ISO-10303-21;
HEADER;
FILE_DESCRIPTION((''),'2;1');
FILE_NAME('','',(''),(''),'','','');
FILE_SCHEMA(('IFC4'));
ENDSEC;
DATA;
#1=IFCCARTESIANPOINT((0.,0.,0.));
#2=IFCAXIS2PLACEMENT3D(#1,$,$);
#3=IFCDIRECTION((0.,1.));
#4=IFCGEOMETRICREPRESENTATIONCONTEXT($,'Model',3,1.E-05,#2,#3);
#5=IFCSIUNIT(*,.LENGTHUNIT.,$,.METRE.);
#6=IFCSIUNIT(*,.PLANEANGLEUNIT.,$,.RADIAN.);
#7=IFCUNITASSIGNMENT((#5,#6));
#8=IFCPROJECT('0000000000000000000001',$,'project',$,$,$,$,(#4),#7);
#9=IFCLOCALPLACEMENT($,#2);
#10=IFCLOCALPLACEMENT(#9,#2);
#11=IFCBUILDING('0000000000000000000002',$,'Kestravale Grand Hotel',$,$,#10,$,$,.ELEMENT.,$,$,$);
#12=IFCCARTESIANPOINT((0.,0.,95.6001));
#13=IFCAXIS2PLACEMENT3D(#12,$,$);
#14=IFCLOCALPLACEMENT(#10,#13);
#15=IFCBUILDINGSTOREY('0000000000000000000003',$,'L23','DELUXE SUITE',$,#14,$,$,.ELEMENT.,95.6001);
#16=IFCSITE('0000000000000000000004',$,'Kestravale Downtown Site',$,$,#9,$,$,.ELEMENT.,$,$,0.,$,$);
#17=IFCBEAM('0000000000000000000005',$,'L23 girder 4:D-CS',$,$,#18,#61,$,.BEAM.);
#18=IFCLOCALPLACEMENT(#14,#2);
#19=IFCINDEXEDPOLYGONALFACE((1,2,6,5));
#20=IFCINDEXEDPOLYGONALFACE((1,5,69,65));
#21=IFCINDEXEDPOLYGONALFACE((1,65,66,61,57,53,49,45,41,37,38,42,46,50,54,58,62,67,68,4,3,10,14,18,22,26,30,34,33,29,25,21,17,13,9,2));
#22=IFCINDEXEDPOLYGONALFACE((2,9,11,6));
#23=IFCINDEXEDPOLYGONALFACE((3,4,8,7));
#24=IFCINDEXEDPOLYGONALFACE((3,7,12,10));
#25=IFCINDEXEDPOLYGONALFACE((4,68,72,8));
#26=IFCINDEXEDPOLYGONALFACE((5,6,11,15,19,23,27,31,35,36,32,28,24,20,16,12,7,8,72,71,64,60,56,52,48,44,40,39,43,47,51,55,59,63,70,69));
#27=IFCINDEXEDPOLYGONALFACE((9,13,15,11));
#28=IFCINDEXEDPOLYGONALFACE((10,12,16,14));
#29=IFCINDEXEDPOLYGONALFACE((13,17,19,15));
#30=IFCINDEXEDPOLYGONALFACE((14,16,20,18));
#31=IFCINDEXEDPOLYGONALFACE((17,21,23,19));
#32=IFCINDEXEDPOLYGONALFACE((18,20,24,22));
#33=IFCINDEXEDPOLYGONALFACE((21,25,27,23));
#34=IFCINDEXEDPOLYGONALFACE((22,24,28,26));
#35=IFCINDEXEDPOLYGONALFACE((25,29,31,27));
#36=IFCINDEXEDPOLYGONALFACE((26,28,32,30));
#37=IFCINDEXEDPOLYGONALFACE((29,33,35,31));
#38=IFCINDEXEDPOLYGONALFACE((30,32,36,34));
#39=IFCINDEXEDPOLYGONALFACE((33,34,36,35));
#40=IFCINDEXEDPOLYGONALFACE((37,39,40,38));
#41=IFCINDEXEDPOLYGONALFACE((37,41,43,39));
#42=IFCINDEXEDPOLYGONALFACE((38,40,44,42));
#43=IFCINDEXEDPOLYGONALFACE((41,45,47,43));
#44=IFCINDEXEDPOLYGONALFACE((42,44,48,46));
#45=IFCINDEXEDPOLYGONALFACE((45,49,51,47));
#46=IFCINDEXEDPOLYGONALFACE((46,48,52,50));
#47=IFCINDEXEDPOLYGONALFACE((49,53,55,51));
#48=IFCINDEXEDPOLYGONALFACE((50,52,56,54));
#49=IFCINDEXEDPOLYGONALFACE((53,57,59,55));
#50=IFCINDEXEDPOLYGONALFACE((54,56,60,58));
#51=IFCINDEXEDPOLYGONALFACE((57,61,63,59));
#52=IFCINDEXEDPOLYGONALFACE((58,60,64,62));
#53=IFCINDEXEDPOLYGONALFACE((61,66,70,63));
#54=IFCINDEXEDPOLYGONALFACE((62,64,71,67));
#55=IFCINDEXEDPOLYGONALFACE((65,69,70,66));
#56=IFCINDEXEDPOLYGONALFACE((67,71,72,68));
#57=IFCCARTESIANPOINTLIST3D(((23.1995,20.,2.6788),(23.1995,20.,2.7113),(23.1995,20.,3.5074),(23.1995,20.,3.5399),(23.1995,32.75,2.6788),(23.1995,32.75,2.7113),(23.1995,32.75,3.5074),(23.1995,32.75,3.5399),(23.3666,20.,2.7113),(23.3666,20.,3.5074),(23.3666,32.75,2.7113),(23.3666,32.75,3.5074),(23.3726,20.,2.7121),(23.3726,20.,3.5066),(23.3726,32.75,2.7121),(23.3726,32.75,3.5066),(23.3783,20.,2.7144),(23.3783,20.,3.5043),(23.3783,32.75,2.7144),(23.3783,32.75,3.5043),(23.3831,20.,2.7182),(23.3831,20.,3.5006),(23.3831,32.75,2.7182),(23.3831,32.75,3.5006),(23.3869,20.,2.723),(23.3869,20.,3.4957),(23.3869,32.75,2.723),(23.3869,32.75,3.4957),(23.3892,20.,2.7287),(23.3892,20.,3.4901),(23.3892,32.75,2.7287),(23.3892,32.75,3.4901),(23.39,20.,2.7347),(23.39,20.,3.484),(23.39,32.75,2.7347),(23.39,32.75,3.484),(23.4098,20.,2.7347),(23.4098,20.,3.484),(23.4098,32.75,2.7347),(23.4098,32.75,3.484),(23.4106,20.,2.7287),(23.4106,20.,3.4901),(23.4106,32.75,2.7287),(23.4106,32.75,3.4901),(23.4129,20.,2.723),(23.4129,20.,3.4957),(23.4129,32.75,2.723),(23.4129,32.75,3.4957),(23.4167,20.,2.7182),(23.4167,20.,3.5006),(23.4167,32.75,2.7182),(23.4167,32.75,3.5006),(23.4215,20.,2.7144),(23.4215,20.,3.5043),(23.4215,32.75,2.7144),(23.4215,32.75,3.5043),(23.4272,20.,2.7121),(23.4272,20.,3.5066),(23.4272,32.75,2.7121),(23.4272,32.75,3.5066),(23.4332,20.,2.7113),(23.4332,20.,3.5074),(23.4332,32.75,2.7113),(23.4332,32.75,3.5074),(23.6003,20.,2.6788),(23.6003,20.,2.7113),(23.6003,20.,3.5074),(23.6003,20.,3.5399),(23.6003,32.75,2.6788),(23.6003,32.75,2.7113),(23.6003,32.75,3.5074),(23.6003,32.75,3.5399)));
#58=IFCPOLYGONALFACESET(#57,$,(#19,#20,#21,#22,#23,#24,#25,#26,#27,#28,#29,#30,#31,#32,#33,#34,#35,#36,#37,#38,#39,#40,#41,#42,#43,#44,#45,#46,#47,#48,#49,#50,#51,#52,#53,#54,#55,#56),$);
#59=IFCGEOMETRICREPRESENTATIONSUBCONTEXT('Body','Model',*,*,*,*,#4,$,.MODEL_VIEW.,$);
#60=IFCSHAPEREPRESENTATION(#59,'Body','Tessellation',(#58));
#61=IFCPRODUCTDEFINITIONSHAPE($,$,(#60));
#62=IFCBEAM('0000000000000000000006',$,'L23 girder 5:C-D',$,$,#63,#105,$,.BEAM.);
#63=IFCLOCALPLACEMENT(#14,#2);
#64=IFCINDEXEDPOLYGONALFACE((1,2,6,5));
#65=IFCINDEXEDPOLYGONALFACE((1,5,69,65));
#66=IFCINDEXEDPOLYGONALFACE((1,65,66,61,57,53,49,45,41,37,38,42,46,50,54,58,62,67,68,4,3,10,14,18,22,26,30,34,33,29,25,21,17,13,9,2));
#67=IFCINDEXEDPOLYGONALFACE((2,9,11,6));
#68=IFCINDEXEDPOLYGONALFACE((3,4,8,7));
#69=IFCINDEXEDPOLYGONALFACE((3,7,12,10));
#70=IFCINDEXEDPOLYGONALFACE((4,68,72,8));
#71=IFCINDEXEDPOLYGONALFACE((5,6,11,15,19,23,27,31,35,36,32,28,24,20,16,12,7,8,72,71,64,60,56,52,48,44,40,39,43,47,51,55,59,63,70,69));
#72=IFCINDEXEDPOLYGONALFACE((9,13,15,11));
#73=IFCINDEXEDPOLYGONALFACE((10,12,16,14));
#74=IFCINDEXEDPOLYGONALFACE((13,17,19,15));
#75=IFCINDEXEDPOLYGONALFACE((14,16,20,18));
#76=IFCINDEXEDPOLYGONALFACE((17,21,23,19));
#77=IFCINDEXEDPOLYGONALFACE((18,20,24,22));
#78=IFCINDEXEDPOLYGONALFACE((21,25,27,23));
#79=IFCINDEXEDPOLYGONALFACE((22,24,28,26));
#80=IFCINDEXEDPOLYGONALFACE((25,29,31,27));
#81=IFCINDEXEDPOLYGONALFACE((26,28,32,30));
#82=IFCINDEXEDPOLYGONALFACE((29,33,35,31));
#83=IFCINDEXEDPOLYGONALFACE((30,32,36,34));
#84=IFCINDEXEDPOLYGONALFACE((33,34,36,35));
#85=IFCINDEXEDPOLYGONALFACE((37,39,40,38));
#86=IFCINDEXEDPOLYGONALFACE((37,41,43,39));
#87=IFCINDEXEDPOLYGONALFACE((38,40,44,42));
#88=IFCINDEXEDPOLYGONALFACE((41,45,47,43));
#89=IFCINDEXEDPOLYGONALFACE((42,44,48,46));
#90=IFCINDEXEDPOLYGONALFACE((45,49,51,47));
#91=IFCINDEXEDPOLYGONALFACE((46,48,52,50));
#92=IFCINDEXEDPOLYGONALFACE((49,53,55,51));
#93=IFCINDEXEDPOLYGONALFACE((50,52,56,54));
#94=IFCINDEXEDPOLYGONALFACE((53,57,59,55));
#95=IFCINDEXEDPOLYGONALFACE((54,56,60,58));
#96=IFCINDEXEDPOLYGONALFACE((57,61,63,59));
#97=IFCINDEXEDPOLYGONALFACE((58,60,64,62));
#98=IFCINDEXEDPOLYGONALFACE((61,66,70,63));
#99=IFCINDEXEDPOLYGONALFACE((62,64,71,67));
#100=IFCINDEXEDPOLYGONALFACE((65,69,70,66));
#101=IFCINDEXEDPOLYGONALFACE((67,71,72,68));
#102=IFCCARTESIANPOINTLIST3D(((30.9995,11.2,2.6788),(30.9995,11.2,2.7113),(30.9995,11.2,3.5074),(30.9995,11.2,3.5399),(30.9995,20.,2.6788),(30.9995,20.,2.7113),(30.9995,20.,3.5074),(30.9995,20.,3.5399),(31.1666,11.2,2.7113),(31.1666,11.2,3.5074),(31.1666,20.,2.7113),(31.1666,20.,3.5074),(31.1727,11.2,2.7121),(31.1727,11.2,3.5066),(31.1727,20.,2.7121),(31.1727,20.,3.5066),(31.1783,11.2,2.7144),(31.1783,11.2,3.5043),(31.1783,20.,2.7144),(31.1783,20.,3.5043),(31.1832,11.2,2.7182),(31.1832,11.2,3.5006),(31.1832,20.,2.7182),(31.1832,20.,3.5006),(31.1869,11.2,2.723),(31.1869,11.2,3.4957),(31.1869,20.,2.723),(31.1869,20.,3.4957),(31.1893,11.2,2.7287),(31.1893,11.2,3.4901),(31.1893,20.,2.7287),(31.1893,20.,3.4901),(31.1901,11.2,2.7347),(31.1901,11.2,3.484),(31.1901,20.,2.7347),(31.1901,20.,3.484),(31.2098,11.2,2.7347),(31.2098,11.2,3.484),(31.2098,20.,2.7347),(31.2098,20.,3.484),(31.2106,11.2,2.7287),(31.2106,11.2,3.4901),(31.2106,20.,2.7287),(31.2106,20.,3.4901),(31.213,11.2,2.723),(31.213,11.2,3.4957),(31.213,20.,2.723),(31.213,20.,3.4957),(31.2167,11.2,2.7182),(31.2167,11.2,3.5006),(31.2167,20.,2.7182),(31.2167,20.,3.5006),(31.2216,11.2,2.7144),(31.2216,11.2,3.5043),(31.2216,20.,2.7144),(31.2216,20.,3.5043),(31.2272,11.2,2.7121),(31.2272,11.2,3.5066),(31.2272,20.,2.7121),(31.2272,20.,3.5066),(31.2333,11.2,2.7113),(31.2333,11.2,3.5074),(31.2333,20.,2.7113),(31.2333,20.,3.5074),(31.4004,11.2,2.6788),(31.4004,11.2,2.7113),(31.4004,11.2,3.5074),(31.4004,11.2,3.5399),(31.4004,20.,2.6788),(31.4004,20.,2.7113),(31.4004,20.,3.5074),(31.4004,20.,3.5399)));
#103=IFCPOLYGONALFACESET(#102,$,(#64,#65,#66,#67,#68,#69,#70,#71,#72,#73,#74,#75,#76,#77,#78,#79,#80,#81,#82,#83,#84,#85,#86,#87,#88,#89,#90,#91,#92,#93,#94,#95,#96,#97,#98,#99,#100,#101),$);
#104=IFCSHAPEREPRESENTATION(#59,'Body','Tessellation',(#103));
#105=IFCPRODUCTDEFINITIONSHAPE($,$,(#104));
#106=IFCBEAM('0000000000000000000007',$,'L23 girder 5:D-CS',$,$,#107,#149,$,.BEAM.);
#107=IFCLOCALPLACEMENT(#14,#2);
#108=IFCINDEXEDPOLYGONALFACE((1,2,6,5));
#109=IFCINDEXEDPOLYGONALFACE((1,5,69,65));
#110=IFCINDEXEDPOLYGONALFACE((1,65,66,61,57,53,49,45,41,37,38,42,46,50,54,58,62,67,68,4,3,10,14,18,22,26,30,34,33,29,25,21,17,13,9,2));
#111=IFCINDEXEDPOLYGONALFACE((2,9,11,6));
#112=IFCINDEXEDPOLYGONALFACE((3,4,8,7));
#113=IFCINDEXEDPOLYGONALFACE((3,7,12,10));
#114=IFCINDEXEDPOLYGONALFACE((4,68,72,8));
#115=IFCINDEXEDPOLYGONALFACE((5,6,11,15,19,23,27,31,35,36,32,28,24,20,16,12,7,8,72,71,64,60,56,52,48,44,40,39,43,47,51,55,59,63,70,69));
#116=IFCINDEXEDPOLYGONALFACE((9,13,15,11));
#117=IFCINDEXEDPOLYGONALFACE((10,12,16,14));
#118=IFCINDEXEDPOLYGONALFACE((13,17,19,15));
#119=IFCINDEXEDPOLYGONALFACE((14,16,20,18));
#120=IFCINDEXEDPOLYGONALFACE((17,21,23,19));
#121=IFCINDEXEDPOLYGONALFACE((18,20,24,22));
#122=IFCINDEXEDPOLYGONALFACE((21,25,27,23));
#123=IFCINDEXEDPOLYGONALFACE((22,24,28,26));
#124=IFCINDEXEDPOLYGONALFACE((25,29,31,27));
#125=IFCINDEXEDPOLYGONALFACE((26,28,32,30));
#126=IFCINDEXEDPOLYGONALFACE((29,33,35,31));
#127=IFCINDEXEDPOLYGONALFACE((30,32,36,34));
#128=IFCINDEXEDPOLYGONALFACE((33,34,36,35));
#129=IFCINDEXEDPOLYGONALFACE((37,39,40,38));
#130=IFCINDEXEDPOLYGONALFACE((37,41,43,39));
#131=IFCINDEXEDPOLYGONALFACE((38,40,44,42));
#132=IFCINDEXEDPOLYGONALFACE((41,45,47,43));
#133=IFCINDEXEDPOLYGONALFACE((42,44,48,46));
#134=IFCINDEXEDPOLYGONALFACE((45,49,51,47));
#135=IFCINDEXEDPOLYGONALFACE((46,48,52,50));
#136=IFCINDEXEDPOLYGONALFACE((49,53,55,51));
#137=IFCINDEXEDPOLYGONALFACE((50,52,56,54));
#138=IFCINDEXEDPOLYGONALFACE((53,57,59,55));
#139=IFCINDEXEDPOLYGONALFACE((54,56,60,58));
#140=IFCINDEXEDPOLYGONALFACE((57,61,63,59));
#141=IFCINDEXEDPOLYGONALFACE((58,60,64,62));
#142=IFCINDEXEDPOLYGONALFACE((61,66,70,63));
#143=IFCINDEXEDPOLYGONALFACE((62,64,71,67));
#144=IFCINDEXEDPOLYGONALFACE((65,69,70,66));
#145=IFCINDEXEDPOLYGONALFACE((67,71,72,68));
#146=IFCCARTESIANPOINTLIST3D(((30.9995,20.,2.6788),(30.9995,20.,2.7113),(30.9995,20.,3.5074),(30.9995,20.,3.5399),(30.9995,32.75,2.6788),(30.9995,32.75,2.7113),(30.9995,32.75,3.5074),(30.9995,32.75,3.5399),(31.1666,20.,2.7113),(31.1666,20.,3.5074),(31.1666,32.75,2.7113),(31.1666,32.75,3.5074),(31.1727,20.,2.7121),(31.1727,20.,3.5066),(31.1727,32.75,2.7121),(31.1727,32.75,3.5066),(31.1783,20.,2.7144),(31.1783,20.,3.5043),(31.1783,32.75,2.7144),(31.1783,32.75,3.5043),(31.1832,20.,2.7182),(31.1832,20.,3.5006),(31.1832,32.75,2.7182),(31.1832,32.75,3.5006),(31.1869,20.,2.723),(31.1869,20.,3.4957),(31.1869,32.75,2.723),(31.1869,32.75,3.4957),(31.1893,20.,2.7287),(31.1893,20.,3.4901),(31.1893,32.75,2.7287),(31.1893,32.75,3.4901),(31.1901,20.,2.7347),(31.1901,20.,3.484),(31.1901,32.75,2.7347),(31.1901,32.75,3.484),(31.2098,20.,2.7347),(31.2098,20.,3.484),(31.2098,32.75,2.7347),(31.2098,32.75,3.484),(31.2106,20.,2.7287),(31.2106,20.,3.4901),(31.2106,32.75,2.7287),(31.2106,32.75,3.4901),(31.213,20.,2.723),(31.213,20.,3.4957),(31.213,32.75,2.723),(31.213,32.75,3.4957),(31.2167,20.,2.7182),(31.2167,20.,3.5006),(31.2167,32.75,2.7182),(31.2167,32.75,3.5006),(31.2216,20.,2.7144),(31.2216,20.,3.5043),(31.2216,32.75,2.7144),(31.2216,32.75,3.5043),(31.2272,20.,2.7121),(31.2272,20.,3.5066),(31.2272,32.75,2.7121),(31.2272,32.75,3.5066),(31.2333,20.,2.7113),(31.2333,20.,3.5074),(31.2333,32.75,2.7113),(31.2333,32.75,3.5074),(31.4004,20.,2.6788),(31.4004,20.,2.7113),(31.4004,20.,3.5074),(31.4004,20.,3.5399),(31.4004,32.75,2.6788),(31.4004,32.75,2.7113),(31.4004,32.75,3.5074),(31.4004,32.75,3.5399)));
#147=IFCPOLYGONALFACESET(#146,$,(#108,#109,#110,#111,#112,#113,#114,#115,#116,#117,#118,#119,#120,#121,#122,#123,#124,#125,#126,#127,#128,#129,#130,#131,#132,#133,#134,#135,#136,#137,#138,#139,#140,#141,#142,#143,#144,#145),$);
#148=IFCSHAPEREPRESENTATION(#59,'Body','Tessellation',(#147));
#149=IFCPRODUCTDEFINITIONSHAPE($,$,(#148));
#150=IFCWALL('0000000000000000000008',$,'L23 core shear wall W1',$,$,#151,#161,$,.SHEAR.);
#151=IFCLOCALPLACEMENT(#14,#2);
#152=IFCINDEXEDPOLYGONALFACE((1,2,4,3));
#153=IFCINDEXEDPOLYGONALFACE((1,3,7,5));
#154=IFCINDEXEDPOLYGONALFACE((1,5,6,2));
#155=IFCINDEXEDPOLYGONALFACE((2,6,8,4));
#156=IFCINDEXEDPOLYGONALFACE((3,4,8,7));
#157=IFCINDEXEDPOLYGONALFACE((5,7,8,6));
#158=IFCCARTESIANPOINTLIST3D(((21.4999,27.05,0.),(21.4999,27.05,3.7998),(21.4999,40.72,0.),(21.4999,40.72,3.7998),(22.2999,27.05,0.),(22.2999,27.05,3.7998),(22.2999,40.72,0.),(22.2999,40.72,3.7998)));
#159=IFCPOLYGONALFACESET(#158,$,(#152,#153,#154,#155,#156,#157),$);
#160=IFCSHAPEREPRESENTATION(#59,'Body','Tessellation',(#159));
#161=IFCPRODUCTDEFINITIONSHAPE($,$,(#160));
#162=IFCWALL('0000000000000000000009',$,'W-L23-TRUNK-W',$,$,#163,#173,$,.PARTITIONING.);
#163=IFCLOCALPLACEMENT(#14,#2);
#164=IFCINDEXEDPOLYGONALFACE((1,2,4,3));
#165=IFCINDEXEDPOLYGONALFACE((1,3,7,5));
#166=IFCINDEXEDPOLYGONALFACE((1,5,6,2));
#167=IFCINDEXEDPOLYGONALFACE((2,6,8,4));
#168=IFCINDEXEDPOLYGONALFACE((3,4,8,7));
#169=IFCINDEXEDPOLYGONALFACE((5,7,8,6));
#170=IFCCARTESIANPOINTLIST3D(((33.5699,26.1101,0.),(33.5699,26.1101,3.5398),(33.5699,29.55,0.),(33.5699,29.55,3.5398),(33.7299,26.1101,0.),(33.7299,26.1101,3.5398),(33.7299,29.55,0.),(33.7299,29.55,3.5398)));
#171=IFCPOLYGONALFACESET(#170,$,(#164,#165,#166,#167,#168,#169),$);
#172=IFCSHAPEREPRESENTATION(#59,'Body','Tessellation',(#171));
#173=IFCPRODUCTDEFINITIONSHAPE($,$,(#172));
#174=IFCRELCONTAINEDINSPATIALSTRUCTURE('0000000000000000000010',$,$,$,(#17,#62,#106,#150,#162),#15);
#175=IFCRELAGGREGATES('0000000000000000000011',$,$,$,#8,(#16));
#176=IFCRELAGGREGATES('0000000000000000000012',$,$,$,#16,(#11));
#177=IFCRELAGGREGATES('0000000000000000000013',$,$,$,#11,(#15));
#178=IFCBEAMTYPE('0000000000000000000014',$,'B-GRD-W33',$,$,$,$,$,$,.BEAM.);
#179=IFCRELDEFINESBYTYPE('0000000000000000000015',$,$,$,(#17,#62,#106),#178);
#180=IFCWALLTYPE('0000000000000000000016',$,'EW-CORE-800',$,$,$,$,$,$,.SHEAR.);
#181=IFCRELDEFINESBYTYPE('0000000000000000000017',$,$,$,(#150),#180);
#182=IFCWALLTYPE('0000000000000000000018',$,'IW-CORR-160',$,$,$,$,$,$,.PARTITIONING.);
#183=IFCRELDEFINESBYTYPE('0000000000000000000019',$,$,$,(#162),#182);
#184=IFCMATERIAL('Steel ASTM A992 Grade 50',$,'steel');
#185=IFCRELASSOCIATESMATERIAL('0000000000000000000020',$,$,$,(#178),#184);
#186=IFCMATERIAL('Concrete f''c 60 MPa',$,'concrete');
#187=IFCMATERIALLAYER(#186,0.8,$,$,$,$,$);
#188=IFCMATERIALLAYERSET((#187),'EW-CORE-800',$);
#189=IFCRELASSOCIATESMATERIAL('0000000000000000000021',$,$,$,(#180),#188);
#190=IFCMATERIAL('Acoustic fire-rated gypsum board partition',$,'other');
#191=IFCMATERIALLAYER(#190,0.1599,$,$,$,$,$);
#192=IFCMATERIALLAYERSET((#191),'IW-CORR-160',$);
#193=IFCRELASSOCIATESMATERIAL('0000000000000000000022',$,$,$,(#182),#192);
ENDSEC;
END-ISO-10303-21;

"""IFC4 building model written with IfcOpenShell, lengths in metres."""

from ifc_helpers import new_model, si_unit, direction, frame, frame_2d, origin, origin_2d, place, context, subcontext, project, spatial, rectangle, i_section, extrude, material, layer, layer_set, material_profile, profile_set, type_object, element, save


model = new_model("IFC4")

# Units and contexts
model_context = context("Model", 3, precision=1e-05, world=origin(), true_north=direction((0.0, 1.0)))
body_context = subcontext(model_context, "Body", "Model", "MODEL_VIEW")
ifc_project = project(units=[si_unit("LENGTHUNIT", "METRE"), si_unit("PLANEANGLEUNIT", "RADIAN")], contexts=[model_context])

# Site, building, storey
site_placement = place(None, origin())
site = spatial("IfcSite", under=ifc_project, at=site_placement, Name="Kestravale Downtown Site", CompositionType="ELEMENT", RefElevation=0.0)
building_placement = place(site_placement, origin())
building = spatial("IfcBuilding", under=site, at=building_placement, Name="Kestravale Grand Hotel", CompositionType="ELEMENT")
storey_placement = place(building_placement, frame((0.0, 0.0, 95.6001)))
storey = spatial("IfcBuildingStorey", under=building, at=storey_placement, Name="L23", Description="DELUXE SUITE", CompositionType="ELEMENT", Elevation=95.6001)

# Beams
ifc_material_1 = material(Name="Steel ASTM A992 Grade 50", Category="steel")
ifc_material_profile_1 = material_profile(ifc_material_1, i_section(OverallWidth=0.4009, OverallDepth=0.8611, WebThickness=0.0198, FlangeThickness=0.0325, FilletRadius=0.0234, at=origin_2d()))
ifc_profile_set_1 = profile_set([ifc_material_profile_1], Name="Steel ASTM A992 Grade 50")
beam_type_1 = type_object("IfcBeamType", Name="B-GRD-W33", PredefinedType="BEAM", material=ifc_profile_set_1)
beam_1_placement = place(storey_placement, frame((23.3999, 20.0, 3.1094), z_axis=(0.0, 1.0, 0.0), x_axis=(-1.0, 0.0, 0.0)))
element("IfcBeam", 1, at=beam_1_placement, inside=storey, type_object=beam_type_1, Name="L23 girder 4:D-CS", PredefinedType="BEAM", context=body_context, shape_type="SweptSolid", body=[
    extrude(i_section(OverallWidth=0.4009, OverallDepth=0.8611, WebThickness=0.0198, FlangeThickness=0.0325, FilletRadius=0.0234, at=origin_2d()), origin(), (0.0, 0.0, 1.0), 12.75),
])
beam_2_placement = place(storey_placement, frame((31.2, 11.2, 3.1094), z_axis=(0.0, 1.0, 0.0), x_axis=(-1.0, 0.0, 0.0)))
element("IfcBeam", 2, at=beam_2_placement, inside=storey, type_object=beam_type_1, Name="L23 girder 5:C-D", PredefinedType="BEAM", context=body_context, shape_type="SweptSolid", body=[
    extrude(i_section(OverallWidth=0.4009, OverallDepth=0.8611, WebThickness=0.0198, FlangeThickness=0.0325, FilletRadius=0.0234, at=origin_2d()), origin(), (0.0, 0.0, 1.0), 8.8),
])
beam_3_placement = place(storey_placement, frame((31.2, 20.0, 3.1094), z_axis=(0.0, 1.0, 0.0), x_axis=(-1.0, 0.0, 0.0)))
element("IfcBeam", 3, at=beam_3_placement, inside=storey, type_object=beam_type_1, Name="L23 girder 5:D-CS", PredefinedType="BEAM", context=body_context, shape_type="SweptSolid", body=[
    extrude(i_section(OverallWidth=0.4009, OverallDepth=0.8611, WebThickness=0.0198, FlangeThickness=0.0325, FilletRadius=0.0234, at=origin_2d()), origin(), (0.0, 0.0, 1.0), 12.75),
])

# Walls
ifc_material_2 = material(Name="Concrete f'c 60 MPa", Category="concrete")
ifc_layer_1 = layer(ifc_material_2, 0.8)
ifc_layer_set_1 = layer_set([ifc_layer_1], Name="EW-CORE-800")
wall_type_1 = type_object("IfcWallType", Name="EW-CORE-800", PredefinedType="SHEAR", material=ifc_layer_set_1)
wall_1_placement = place(storey_placement, frame((21.8999, 27.05, 0.0), z_axis=(0.0, 0.0, 1.0), x_axis=(0.0, 1.0, 0.0)))
element("IfcWall", 4, at=wall_1_placement, inside=storey, type_object=wall_type_1, Name="L23 core shear wall W1", PredefinedType="SHEAR", context=body_context, shape_type="SweptSolid", body=[
    extrude(rectangle(XDim=13.6699, YDim=0.8, at=frame_2d((6.835, 0.0))), origin(), (0.0, 0.0, 1.0), 3.7998),
])
ifc_material_3 = material(Name="Acoustic fire-rated gypsum board partition", Category="other")
ifc_layer_2 = layer(ifc_material_3, 0.1599)
ifc_layer_set_2 = layer_set([ifc_layer_2], Name="IW-CORR-160")
wall_type_2 = type_object("IfcWallType", Name="IW-CORR-160", PredefinedType="PARTITIONING", material=ifc_layer_set_2)
wall_2_placement = place(storey_placement, frame((33.6499, 26.1101, 0.0), z_axis=(0.0, 0.0, 1.0), x_axis=(0.0, 1.0, 0.0)))
element("IfcWall", 5, at=wall_2_placement, inside=storey, type_object=wall_type_2, Name="W-L23-TRUNK-W", PredefinedType="PARTITIONING", context=body_context, shape_type="SweptSolid", body=[
    extrude(rectangle(XDim=3.4399, YDim=0.1599, at=frame_2d((1.72, 0.0))), origin(), (0.0, 0.0, 1.0), 3.5398),
])

save(model, "model.ifc")
